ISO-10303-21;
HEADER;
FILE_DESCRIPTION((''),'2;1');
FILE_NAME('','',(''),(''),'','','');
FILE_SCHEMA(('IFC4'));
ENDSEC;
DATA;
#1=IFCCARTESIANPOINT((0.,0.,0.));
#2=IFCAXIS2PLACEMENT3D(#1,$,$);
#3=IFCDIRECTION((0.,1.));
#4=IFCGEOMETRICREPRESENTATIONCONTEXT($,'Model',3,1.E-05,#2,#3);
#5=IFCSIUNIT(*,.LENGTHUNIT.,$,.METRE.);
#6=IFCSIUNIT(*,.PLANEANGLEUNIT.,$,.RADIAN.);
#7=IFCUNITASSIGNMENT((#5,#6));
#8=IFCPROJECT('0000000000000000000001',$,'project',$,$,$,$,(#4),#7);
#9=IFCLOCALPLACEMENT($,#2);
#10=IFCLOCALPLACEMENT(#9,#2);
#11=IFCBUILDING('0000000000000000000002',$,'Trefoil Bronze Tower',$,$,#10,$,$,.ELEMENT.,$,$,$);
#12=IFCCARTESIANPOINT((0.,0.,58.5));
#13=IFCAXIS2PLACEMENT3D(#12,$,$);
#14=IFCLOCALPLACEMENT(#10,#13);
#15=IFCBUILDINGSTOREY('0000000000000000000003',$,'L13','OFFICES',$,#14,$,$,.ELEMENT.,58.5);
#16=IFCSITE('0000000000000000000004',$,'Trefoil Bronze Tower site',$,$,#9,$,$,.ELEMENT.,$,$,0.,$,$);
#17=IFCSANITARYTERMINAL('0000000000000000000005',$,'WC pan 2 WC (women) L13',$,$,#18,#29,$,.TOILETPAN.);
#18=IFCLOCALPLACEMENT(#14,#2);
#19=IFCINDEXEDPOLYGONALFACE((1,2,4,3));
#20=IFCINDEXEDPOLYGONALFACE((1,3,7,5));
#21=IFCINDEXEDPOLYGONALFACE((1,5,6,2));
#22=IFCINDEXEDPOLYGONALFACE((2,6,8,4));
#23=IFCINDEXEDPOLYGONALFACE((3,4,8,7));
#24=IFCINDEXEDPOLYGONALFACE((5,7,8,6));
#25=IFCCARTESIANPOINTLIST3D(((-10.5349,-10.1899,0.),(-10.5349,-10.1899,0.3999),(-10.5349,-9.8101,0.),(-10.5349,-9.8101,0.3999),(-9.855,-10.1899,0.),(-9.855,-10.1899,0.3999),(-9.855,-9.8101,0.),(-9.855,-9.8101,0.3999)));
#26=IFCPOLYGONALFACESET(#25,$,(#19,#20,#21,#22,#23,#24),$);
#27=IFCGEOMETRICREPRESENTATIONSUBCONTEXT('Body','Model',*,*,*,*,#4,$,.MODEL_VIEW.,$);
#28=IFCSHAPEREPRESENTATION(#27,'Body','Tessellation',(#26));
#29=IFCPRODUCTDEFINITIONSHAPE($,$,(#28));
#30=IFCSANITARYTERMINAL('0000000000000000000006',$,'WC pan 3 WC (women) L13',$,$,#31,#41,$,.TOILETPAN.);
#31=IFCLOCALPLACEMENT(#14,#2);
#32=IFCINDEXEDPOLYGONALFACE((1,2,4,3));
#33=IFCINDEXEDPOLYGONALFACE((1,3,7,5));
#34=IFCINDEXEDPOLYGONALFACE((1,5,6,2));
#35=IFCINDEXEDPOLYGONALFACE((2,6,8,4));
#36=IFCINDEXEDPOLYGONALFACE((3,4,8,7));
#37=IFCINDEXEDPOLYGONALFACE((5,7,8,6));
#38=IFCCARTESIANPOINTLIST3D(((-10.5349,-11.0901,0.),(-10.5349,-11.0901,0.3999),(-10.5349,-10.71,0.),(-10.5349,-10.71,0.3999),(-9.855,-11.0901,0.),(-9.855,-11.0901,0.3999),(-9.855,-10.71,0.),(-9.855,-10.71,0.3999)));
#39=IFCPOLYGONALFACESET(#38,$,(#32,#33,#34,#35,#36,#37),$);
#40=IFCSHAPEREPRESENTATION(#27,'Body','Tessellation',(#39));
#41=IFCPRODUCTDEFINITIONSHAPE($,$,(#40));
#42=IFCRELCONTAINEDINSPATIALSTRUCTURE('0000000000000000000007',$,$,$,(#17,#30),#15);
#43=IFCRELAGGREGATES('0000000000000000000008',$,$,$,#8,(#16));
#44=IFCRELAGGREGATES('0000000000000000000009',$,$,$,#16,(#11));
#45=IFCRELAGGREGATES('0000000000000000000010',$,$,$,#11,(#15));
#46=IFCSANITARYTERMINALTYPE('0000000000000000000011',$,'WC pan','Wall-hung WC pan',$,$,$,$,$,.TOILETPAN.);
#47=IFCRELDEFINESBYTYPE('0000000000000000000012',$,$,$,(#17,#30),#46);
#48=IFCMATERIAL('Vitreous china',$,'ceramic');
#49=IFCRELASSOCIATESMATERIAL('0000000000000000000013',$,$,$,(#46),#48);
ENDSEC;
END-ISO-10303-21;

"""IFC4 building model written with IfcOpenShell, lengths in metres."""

from ifc_helpers import new_model, si_unit, direction, frame, origin, place, context, subcontext, project, spatial, polyline, outline, extrude, material, type_object, element, save


model = new_model("IFC4")

# Units and contexts
model_context = context("Model", 3, precision=1e-05, world=origin(), true_north=direction((0.0, 1.0)))
body_context = subcontext(model_context, "Body", "Model", "MODEL_VIEW")
ifc_project = project(units=[si_unit("LENGTHUNIT", "METRE"), si_unit("PLANEANGLEUNIT", "RADIAN")], contexts=[model_context])

# Site, building, storey
site_placement = place(None, origin())
site = spatial("IfcSite", under=ifc_project, at=site_placement, Name="Trefoil Bronze Tower site", CompositionType="ELEMENT", RefElevation=0.0)
building_placement = place(site_placement, origin())
building = spatial("IfcBuilding", under=site, at=building_placement, Name="Trefoil Bronze Tower", CompositionType="ELEMENT")
storey_placement = place(building_placement, frame((0.0, 0.0, 58.5)))
storey = spatial("IfcBuildingStorey", under=building, at=storey_placement, Name="L13", Description="OFFICES", CompositionType="ELEMENT", Elevation=58.5)

# Sanitary terminals
ifc_material_1 = material(Name="Vitreous china", Category="ceramic")
sanitary_terminal_type = type_object("IfcSanitaryTerminalType", Name="WC pan", Description="Wall-hung WC pan", PredefinedType="TOILETPAN", material=ifc_material_1)
sanitary_terminal_1_placement = place(storey_placement, origin())
element("IfcSanitaryTerminal", 1, at=sanitary_terminal_1_placement, inside=storey, type_object=sanitary_terminal_type, Name="WC pan 2 WC (women) L13", PredefinedType="TOILETPAN", context=body_context, shape_type="SweptSolid", body=[
    extrude(outline(polyline([(-9.855, -9.8101), (-10.5349, -9.8101), (-10.5349, -10.1899), (-9.855, -10.1899), (-9.855, -9.8101)])), origin(), (0.0, 0.0, 1.0), 0.3999),
])
sanitary_terminal_2_placement = place(storey_placement, origin())
element("IfcSanitaryTerminal", 2, at=sanitary_terminal_2_placement, inside=storey, type_object=sanitary_terminal_type, Name="WC pan 3 WC (women) L13", PredefinedType="TOILETPAN", context=body_context, shape_type="SweptSolid", body=[
    extrude(outline(polyline([(-9.855, -10.71), (-10.5349, -10.71), (-10.5349, -11.0901), (-9.855, -11.0901), (-9.855, -10.71)])), origin(), (0.0, 0.0, 1.0), 0.3999),
])

save(model, "model.ifc")
